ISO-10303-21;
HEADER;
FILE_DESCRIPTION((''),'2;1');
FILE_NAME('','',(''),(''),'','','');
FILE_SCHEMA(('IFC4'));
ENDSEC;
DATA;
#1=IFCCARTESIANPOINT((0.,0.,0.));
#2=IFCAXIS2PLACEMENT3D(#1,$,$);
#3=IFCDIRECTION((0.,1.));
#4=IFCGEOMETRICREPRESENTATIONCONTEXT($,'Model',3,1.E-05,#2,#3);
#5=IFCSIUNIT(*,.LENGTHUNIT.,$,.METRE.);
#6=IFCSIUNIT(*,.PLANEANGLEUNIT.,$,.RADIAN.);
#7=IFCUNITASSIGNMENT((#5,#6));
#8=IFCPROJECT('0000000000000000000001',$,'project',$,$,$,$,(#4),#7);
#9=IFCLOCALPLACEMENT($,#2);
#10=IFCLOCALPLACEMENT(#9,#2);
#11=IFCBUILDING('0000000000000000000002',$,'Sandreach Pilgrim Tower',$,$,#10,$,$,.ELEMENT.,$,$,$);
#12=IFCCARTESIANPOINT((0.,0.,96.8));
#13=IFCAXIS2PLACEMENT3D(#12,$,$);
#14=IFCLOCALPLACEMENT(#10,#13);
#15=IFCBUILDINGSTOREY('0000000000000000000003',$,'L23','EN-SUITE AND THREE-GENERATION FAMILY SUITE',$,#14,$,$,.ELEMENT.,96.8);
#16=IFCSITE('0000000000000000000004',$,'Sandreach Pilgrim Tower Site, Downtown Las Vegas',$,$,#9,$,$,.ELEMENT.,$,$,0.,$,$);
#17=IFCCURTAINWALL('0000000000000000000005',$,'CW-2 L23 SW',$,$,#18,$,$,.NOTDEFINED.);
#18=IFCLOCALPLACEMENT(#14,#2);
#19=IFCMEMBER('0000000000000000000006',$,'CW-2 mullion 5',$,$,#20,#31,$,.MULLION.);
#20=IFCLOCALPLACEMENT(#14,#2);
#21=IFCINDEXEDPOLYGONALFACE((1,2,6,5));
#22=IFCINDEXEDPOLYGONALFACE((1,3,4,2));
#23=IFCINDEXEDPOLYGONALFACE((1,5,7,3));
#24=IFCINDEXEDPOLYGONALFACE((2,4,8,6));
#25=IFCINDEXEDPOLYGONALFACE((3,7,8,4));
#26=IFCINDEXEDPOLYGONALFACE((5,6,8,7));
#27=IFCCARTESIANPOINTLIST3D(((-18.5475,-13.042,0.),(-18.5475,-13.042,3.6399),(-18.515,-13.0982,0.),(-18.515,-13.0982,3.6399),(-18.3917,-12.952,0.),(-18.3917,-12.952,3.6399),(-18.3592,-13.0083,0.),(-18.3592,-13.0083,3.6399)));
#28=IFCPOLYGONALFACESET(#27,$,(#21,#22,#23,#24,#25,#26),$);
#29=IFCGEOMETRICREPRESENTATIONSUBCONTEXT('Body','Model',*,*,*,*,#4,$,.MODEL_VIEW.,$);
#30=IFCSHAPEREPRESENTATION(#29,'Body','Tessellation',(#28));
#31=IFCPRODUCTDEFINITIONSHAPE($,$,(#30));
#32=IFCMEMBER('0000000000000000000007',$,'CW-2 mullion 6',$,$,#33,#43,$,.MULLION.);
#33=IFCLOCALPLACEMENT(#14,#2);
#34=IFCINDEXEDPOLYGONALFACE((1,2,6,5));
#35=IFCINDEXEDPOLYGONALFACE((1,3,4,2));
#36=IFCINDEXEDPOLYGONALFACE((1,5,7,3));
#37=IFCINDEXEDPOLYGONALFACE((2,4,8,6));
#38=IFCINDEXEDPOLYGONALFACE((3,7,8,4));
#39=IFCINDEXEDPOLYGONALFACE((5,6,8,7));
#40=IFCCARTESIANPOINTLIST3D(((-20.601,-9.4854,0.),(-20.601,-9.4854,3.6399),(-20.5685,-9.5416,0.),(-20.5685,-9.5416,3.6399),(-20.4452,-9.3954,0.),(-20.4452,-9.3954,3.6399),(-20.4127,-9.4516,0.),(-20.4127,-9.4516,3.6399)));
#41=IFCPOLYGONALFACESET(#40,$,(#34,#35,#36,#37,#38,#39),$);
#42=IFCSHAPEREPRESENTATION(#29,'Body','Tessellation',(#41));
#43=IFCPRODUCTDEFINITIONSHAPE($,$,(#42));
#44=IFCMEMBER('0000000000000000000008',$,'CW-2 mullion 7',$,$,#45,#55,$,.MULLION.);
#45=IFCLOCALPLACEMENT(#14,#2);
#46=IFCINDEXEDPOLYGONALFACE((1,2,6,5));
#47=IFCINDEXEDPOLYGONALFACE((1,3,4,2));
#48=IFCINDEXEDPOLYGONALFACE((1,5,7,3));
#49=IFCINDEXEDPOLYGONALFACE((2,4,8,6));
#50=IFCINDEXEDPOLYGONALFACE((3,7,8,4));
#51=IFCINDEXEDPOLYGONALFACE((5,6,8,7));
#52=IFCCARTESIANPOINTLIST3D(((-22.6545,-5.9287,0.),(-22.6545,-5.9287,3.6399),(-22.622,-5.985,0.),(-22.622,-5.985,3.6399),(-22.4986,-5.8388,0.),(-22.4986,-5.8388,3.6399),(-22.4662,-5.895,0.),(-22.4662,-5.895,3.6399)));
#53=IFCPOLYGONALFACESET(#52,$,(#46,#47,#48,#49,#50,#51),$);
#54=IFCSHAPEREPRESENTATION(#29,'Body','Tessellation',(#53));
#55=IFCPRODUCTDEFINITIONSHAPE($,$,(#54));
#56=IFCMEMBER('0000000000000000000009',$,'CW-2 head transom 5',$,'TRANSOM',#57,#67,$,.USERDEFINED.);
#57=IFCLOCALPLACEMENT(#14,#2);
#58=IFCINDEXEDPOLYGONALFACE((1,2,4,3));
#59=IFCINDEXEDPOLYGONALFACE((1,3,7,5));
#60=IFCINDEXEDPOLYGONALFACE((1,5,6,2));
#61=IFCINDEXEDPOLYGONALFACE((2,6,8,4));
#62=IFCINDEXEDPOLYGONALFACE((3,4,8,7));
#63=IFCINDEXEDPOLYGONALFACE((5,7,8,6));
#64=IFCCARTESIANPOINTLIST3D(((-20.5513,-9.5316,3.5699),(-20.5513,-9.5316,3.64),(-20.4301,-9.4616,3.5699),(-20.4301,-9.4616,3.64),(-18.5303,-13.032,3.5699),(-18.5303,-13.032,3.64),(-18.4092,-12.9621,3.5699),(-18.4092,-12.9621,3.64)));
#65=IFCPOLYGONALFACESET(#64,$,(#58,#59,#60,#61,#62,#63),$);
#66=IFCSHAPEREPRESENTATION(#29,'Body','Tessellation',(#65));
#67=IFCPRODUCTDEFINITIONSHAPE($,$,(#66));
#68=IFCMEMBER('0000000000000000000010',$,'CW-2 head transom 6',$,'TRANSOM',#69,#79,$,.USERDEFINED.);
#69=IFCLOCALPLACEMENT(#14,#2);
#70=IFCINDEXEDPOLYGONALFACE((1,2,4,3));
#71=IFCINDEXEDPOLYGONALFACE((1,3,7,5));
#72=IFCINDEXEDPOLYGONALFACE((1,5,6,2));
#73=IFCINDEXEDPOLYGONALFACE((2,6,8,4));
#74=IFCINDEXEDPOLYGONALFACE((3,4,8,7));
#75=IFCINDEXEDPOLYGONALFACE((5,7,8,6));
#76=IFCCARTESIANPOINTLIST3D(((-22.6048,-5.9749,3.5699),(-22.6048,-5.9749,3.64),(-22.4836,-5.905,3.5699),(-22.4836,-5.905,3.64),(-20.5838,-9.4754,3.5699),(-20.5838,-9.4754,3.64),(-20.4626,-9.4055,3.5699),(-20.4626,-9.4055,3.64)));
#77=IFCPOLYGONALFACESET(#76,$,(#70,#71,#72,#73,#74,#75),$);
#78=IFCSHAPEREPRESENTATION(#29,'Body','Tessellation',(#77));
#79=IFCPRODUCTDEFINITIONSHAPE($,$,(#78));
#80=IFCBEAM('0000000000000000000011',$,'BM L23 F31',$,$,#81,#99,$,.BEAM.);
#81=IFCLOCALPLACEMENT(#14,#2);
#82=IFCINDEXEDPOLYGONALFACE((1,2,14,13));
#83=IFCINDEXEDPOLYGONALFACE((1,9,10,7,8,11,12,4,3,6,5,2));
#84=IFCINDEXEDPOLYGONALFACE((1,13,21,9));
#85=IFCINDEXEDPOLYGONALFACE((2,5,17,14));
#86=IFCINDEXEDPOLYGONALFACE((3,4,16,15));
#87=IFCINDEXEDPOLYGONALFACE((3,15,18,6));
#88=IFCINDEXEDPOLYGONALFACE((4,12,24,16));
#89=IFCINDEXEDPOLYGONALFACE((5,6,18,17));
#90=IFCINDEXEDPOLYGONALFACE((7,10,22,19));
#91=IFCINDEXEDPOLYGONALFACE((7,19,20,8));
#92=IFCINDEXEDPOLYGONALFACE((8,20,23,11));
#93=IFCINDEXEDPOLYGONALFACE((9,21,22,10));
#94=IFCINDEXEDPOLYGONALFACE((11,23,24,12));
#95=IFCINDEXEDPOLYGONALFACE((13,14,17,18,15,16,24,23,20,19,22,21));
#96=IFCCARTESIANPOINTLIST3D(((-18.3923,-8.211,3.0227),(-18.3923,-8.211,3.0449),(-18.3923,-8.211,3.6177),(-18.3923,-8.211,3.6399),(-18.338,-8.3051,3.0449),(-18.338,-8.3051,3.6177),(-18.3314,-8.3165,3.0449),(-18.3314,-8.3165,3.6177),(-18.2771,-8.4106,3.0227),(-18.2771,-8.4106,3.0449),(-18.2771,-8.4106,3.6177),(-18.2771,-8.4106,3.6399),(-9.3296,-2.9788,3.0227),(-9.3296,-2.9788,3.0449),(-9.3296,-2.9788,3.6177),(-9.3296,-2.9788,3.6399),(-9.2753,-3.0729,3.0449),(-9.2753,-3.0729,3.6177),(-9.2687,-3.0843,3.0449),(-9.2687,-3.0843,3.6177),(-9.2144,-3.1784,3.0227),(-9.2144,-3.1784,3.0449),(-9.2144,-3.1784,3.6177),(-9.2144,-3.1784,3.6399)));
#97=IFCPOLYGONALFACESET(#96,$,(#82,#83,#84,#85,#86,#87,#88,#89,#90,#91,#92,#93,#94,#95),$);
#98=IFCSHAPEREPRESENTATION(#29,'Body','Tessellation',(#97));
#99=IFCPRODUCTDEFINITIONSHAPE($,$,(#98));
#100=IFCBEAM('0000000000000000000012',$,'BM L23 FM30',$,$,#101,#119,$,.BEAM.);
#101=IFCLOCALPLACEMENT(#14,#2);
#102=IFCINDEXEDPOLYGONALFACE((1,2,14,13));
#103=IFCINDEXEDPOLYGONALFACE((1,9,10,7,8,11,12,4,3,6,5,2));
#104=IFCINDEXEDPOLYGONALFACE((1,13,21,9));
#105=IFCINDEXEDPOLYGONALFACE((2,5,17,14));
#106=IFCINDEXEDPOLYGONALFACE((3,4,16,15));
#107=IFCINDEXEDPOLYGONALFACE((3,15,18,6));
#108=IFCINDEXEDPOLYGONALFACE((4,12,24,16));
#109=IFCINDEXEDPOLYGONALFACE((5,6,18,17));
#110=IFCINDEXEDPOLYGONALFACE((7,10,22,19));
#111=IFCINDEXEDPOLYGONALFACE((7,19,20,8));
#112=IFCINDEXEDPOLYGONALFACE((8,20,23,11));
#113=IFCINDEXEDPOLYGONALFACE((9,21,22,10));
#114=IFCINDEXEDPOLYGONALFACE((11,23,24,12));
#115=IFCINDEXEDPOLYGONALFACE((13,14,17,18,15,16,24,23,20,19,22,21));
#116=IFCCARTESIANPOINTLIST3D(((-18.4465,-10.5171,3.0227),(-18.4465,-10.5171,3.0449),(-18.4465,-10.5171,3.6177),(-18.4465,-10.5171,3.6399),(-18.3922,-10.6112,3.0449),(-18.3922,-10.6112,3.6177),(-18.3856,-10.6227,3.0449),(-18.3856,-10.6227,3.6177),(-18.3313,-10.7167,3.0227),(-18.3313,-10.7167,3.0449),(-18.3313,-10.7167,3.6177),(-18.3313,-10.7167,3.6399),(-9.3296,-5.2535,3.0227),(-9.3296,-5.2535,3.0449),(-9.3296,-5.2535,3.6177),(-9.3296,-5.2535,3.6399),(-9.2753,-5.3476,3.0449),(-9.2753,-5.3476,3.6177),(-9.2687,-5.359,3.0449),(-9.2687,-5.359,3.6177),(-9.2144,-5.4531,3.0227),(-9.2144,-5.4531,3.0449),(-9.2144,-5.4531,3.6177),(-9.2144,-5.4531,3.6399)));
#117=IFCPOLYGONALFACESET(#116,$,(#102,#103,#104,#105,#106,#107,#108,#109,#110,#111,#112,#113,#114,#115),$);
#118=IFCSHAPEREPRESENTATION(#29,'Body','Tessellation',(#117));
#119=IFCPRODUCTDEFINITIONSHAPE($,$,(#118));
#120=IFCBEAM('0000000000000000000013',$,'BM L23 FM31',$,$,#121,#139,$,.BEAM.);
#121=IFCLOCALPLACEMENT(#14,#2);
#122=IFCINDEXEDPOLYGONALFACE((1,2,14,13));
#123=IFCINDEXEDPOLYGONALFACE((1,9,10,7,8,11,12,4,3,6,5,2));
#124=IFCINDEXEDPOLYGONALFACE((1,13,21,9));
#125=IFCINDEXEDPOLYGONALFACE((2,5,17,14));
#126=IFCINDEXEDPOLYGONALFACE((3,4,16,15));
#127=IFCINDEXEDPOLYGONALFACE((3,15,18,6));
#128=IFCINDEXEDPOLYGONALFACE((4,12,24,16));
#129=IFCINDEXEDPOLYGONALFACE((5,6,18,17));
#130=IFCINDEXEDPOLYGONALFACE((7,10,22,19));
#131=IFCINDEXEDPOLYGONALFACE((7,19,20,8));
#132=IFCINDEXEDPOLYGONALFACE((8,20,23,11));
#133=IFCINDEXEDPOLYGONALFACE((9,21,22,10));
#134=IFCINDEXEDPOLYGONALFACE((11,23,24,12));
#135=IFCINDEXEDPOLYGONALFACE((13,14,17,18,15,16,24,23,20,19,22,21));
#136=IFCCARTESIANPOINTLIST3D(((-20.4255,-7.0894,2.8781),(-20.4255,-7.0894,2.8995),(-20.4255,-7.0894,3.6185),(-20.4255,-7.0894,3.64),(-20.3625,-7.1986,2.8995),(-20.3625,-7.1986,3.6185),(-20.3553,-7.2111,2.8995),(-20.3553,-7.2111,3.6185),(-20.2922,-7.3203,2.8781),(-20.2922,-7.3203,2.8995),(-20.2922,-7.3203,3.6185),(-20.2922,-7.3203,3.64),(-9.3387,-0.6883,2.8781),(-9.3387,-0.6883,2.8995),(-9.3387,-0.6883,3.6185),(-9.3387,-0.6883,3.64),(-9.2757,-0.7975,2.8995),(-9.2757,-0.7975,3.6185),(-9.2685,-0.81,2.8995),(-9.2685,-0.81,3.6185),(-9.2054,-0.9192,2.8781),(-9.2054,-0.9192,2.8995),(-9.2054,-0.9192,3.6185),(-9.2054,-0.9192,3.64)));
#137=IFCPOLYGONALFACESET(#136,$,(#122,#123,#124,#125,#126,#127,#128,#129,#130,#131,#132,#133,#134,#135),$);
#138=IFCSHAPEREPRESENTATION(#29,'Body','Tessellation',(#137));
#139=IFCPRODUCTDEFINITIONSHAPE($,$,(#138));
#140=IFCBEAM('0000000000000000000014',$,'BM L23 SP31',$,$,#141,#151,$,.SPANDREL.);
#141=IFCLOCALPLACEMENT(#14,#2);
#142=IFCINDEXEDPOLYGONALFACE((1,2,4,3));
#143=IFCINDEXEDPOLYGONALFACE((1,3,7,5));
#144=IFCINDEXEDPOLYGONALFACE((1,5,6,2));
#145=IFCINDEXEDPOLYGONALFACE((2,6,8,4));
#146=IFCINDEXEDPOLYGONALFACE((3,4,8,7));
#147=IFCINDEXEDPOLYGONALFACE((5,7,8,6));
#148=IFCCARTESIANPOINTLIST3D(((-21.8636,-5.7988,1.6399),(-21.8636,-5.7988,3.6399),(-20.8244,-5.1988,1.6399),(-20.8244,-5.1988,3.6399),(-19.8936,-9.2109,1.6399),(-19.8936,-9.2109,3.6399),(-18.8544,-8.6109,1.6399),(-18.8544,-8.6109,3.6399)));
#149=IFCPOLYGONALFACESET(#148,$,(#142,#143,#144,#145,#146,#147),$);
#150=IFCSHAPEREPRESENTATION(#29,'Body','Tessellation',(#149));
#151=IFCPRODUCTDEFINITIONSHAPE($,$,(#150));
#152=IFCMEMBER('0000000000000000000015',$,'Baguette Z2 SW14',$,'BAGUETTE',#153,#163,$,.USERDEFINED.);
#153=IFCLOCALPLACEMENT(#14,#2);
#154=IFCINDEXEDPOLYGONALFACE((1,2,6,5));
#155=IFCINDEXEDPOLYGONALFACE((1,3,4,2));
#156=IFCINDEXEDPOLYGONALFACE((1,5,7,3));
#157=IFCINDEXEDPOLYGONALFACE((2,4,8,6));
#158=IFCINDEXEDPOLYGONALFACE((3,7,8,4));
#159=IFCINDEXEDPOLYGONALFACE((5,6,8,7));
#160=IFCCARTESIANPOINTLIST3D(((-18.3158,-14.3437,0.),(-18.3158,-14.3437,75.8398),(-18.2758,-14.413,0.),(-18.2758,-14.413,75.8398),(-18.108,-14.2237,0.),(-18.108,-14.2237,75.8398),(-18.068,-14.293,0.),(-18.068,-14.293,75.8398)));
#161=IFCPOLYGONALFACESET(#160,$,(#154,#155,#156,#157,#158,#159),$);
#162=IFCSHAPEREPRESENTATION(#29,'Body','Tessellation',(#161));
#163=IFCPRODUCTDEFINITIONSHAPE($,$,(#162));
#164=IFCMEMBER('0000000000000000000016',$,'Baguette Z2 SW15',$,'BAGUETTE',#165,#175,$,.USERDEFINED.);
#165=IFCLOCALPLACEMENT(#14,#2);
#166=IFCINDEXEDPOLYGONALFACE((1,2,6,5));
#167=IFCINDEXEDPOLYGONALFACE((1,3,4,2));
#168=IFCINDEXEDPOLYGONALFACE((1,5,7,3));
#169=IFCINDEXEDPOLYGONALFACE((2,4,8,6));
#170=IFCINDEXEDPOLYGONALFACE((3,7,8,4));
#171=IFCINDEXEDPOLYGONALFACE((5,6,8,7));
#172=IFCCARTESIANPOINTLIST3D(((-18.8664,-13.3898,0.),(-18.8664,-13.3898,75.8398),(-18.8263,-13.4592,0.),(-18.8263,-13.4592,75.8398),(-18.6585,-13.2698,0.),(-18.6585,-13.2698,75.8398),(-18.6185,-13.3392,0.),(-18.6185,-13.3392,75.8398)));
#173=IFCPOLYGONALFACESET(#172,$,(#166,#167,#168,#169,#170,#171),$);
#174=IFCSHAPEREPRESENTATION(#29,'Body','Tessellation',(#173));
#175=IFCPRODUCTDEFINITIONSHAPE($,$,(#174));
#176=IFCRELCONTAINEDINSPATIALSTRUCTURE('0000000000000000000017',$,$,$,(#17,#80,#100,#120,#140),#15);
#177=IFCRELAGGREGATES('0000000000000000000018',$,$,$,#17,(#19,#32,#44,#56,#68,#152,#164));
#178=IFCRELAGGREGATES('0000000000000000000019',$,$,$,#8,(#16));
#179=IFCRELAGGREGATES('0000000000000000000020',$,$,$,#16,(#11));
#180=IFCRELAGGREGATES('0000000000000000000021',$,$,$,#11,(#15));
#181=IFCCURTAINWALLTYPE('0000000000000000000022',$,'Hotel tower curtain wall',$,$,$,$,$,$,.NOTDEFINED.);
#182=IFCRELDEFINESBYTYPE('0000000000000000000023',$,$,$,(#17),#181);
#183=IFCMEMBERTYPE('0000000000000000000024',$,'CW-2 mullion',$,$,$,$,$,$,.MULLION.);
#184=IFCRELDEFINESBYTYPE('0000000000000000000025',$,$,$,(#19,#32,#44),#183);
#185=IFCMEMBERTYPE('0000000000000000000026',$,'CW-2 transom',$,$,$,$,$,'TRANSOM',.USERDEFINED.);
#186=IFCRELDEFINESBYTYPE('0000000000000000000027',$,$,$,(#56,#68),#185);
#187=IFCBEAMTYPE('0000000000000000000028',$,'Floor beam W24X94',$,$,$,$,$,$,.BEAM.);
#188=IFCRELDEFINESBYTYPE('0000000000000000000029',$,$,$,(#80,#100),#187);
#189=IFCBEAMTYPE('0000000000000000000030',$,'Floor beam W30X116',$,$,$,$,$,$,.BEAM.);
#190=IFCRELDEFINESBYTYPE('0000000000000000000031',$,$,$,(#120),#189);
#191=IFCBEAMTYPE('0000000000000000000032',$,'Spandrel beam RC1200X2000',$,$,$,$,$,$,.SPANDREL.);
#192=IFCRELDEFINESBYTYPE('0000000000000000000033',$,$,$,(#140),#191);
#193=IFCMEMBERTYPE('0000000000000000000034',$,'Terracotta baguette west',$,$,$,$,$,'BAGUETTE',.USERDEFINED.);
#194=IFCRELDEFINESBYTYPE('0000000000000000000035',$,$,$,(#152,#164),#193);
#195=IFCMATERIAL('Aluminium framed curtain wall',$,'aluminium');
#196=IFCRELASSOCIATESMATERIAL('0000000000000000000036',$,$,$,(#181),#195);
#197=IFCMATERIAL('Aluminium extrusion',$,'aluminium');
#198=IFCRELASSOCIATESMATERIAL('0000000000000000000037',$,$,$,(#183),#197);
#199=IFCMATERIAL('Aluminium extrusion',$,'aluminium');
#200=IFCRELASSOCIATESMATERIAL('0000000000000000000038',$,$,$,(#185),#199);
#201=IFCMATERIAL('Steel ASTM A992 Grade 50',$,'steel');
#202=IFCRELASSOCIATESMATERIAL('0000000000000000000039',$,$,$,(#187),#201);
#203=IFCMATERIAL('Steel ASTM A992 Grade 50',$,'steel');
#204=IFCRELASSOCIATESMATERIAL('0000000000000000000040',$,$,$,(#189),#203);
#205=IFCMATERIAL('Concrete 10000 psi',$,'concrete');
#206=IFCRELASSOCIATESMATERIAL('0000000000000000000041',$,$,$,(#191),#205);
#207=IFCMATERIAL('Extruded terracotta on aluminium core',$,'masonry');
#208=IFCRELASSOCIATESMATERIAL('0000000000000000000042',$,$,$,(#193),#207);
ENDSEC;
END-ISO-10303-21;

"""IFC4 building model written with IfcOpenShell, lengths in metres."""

from ifc_helpers import new_model, si_unit, direction, frame, origin, origin_2d, place, context, subcontext, project, spatial, rectangle, i_section, extrude, material, material_profile, profile_set, type_object, element, aggregate, save


model = new_model("IFC4")

# Units and contexts
model_context = context("Model", 3, precision=1e-05, world=origin(), true_north=direction((0.0, 1.0)))
body_context = subcontext(model_context, "Body", "Model", "MODEL_VIEW")
ifc_project = project(units=[si_unit("LENGTHUNIT", "METRE"), si_unit("PLANEANGLEUNIT", "RADIAN")], contexts=[model_context])

# Site, building, storey
site_placement = place(None, origin())
site = spatial("IfcSite", under=ifc_project, at=site_placement, Name="Sandreach Pilgrim Tower Site, Downtown Las Vegas", CompositionType="ELEMENT", RefElevation=0.0)
building_placement = place(site_placement, origin())
building = spatial("IfcBuilding", under=site, at=building_placement, Name="Sandreach Pilgrim Tower", CompositionType="ELEMENT")
storey_placement = place(building_placement, frame((0.0, 0.0, 96.8)))
storey = spatial("IfcBuildingStorey", under=building, at=storey_placement, Name="L23", Description="EN-SUITE AND THREE-GENERATION FAMILY SUITE", CompositionType="ELEMENT", Elevation=96.8)

# Curtain wall, members
ifc_material_1 = material(Name="Aluminium framed curtain wall", Category="aluminium")
curtain_wall_type = type_object("IfcCurtainWallType", Name="Hotel tower curtain wall", PredefinedType="NOTDEFINED", material=ifc_material_1)
curtain_wall_placement = place(storey_placement, origin())
curtain_wall = element("IfcCurtainWall", 1, at=curtain_wall_placement, inside=storey, type_object=curtain_wall_type, Name="CW-2 L23 SW", PredefinedType="NOTDEFINED")
ifc_material_2 = material(Name="Aluminium extrusion", Category="aluminium")
ifc_material_profile_1 = material_profile(ifc_material_2, rectangle(XDim=0.0649, YDim=0.1799, at=origin_2d()), Name="CW-2M 65X180")
ifc_profile_set_1 = profile_set([ifc_material_profile_1], Name="Aluminium extrusion")
member_type_1 = type_object("IfcMemberType", Name="CW-2 mullion", PredefinedType="MULLION", material=ifc_profile_set_1)
member_1_placement = place(storey_placement, frame((-18.4534, -13.0251, 0.0), z_axis=(0.0, 0.0, 1.0), x_axis=(-0.5, 0.866025, 0.0)))
member_1 = element("IfcMember", 2, at=member_1_placement, type_object=member_type_1, Name="CW-2 mullion 5", PredefinedType="MULLION", context=body_context, shape_type="SweptSolid", body=[
    extrude(rectangle(XDim=0.0649, YDim=0.1799, at=origin_2d()), origin(), (0.0, 0.0, 1.0), 3.6399),
])
member_2_placement = place(storey_placement, frame((-20.5068, -9.4685, 0.0), z_axis=(0.0, 0.0, 1.0), x_axis=(-0.5, 0.866025, 0.0)))
member_2 = element("IfcMember", 3, at=member_2_placement, type_object=member_type_1, Name="CW-2 mullion 6", PredefinedType="MULLION", context=body_context, shape_type="SweptSolid", body=[
    extrude(rectangle(XDim=0.0649, YDim=0.1799, at=origin_2d()), origin(), (0.0, 0.0, 1.0), 3.6399),
])
member_3_placement = place(storey_placement, frame((-22.5603, -5.9119, 0.0), z_axis=(0.0, 0.0, 1.0), x_axis=(-0.5, 0.866025, 0.0)))
member_3 = element("IfcMember", 4, at=member_3_placement, type_object=member_type_1, Name="CW-2 mullion 7", PredefinedType="MULLION", context=body_context, shape_type="SweptSolid", body=[
    extrude(rectangle(XDim=0.0649, YDim=0.1799, at=origin_2d()), origin(), (0.0, 0.0, 1.0), 3.6399),
])
ifc_material_3 = material(Name="Aluminium extrusion", Category="aluminium")
ifc_material_profile_2 = material_profile(ifc_material_3, rectangle(XDim=0.1399, YDim=0.0701, at=origin_2d()), Name="CW-2T 140X70")
ifc_profile_set_2 = profile_set([ifc_material_profile_2], Name="Aluminium extrusion")
member_type_2 = type_object("IfcMemberType", Name="CW-2 transom", ElementType="TRANSOM", PredefinedType="USERDEFINED", material=ifc_profile_set_2)
member_4_placement = place(storey_placement, frame((-18.4697, -12.9971, 3.605), z_axis=(-0.499998, 0.866027, 0.0), x_axis=(-0.866027, -0.499998, 0.0)))
member_4 = element("IfcMember", 5, at=member_4_placement, type_object=member_type_2, Name="CW-2 head transom 5", ObjectType="TRANSOM", PredefinedType="USERDEFINED", context=body_context, shape_type="SweptSolid", body=[
    extrude(rectangle(XDim=0.1399, YDim=0.0701, at=origin_2d()), origin(), (0.0, 0.0, 1.0), 4.042),
])
member_5_placement = place(storey_placement, frame((-20.5232, -9.4404, 3.605), z_axis=(-0.499998, 0.866027, 0.0), x_axis=(-0.866027, -0.499998, 0.0)))
member_5 = element("IfcMember", 6, at=member_5_placement, type_object=member_type_2, Name="CW-2 head transom 6", ObjectType="TRANSOM", PredefinedType="USERDEFINED", context=body_context, shape_type="SweptSolid", body=[
    extrude(rectangle(XDim=0.1399, YDim=0.0701, at=origin_2d()), origin(), (0.0, 0.0, 1.0), 4.042),
])

# Beams
ifc_material_4 = material(Name="Steel ASTM A992 Grade 50", Category="steel")
ifc_material_profile_3 = material_profile(ifc_material_4, i_section(OverallWidth=0.2305, OverallDepth=0.6172, WebThickness=0.0132, FlangeThickness=0.0222, at=origin_2d()), Name="W24X94")
ifc_profile_set_3 = profile_set([ifc_material_profile_3], Name="Steel ASTM A992 Grade 50")
beam_type_1 = type_object("IfcBeamType", Name="Floor beam W24X94", PredefinedType="BEAM", material=ifc_profile_set_3)
beam_1_placement = place(storey_placement, frame((-18.3347, -8.3108, 3.3313), z_axis=(0.866034, 0.499986, 0.0), x_axis=(-0.499986, 0.866034, 0.0)))
element("IfcBeam", 7, at=beam_1_placement, inside=storey, type_object=beam_type_1, Name="BM L23 F31", PredefinedType="BEAM", context=body_context, shape_type="SweptSolid", body=[
    extrude(i_section(OverallWidth=0.2305, OverallDepth=0.6172, WebThickness=0.0132, FlangeThickness=0.0222, at=origin_2d()), origin(), (0.0, 0.0, 1.0), 10.4646),
])
beam_2_placement = place(storey_placement, frame((-18.3889, -10.6169, 3.3313), z_axis=(0.866025, 0.5, 0.0), x_axis=(-0.5, 0.866025, 0.0)))
element("IfcBeam", 8, at=beam_2_placement, inside=storey, type_object=beam_type_1, Name="BM L23 FM30", PredefinedType="BEAM", context=body_context, shape_type="SweptSolid", body=[
    extrude(i_section(OverallWidth=0.2305, OverallDepth=0.6172, WebThickness=0.0132, FlangeThickness=0.0222, at=origin_2d()), origin(), (0.0, 0.0, 1.0), 10.5273),
])
ifc_material_5 = material(Name="Steel ASTM A992 Grade 50", Category="steel")
ifc_material_profile_4 = material_profile(ifc_material_5, i_section(OverallWidth=0.2666, OverallDepth=0.762, WebThickness=0.0144, FlangeThickness=0.0215, at=origin_2d()), Name="W30X116")
ifc_profile_set_4 = profile_set([ifc_material_profile_4], Name="Steel ASTM A992 Grade 50")
beam_type_2 = type_object("IfcBeamType", Name="Floor beam W30X116", PredefinedType="BEAM", material=ifc_profile_set_4)
beam_3_placement = place(storey_placement, frame((-20.3589, -7.2048, 3.259), z_axis=(0.866022, 0.500005, 0.0), x_axis=(-0.500005, 0.866022, 0.0)))
element("IfcBeam", 9, at=beam_3_placement, inside=storey, type_object=beam_type_2, Name="BM L23 FM31", PredefinedType="BEAM", context=body_context, shape_type="SweptSolid", body=[
    extrude(i_section(OverallWidth=0.2666, OverallDepth=0.762, WebThickness=0.0144, FlangeThickness=0.0215, at=origin_2d()), origin(), (0.0, 0.0, 1.0), 12.802),
])
ifc_material_6 = material(Name="Concrete 10000 psi", Category="concrete")
ifc_material_profile_5 = material_profile(ifc_material_6, rectangle(XDim=1.2, YDim=2.0, at=origin_2d()), Name="RC1200X2000")
ifc_profile_set_5 = profile_set([ifc_material_profile_5], Name="Concrete 10000 psi")
beam_type_3 = type_object("IfcBeamType", Name="Spandrel beam RC1200X2000", PredefinedType="SPANDREL", material=ifc_profile_set_5)
beam_4_placement = place(storey_placement, frame((-19.374, -8.9109, 2.6399), z_axis=(-0.499998, 0.866027, 0.0), x_axis=(-0.866027, -0.499998, 0.0)))
element("IfcBeam", 10, at=beam_4_placement, inside=storey, type_object=beam_type_3, Name="BM L23 SP31", PredefinedType="SPANDREL", context=body_context, shape_type="SweptSolid", body=[
    extrude(rectangle(XDim=1.2, YDim=2.0, at=origin_2d()), origin(), (0.0, 0.0, 1.0), 3.9399),
])

# Members
ifc_material_7 = material(Name="Extruded terracotta on aluminium core", Category="masonry")
ifc_material_profile_6 = material_profile(ifc_material_7, rectangle(XDim=0.0801, YDim=0.24, at=origin_2d()), Name="TBW 80X240")
ifc_profile_set_6 = profile_set([ifc_material_profile_6], Name="Extruded terracotta on aluminium core")
member_type_3 = type_object("IfcMemberType", Name="Terracotta baguette west", ElementType="BAGUETTE", PredefinedType="USERDEFINED", material=ifc_profile_set_6)
member_6_placement = place(storey_placement, frame((-18.1919, -14.3184, 0.0), z_axis=(0.0, 0.0, 1.0), x_axis=(-0.5, 0.866025, 0.0)))
member_6 = element("IfcMember", 11, at=member_6_placement, type_object=member_type_3, Name="Baguette Z2 SW14", ObjectType="BAGUETTE", PredefinedType="USERDEFINED", context=body_context, shape_type="SweptSolid", body=[
    extrude(rectangle(XDim=0.0801, YDim=0.24, at=origin_2d()), origin(), (0.0, 0.0, 1.0), 75.8398),
])
member_7_placement = place(storey_placement, frame((-18.7424, -13.3645, 0.0), z_axis=(0.0, 0.0, 1.0), x_axis=(-0.5, 0.866025, 0.0)))
member_7 = element("IfcMember", 12, at=member_7_placement, type_object=member_type_3, Name="Baguette Z2 SW15", ObjectType="BAGUETTE", PredefinedType="USERDEFINED", context=body_context, shape_type="SweptSolid", body=[
    extrude(rectangle(XDim=0.0801, YDim=0.24, at=origin_2d()), origin(), (0.0, 0.0, 1.0), 75.8398),
])

aggregate(curtain_wall, [member_1, member_2, member_3, member_4, member_5, member_6, member_7])

save(model, "model.ifc")
